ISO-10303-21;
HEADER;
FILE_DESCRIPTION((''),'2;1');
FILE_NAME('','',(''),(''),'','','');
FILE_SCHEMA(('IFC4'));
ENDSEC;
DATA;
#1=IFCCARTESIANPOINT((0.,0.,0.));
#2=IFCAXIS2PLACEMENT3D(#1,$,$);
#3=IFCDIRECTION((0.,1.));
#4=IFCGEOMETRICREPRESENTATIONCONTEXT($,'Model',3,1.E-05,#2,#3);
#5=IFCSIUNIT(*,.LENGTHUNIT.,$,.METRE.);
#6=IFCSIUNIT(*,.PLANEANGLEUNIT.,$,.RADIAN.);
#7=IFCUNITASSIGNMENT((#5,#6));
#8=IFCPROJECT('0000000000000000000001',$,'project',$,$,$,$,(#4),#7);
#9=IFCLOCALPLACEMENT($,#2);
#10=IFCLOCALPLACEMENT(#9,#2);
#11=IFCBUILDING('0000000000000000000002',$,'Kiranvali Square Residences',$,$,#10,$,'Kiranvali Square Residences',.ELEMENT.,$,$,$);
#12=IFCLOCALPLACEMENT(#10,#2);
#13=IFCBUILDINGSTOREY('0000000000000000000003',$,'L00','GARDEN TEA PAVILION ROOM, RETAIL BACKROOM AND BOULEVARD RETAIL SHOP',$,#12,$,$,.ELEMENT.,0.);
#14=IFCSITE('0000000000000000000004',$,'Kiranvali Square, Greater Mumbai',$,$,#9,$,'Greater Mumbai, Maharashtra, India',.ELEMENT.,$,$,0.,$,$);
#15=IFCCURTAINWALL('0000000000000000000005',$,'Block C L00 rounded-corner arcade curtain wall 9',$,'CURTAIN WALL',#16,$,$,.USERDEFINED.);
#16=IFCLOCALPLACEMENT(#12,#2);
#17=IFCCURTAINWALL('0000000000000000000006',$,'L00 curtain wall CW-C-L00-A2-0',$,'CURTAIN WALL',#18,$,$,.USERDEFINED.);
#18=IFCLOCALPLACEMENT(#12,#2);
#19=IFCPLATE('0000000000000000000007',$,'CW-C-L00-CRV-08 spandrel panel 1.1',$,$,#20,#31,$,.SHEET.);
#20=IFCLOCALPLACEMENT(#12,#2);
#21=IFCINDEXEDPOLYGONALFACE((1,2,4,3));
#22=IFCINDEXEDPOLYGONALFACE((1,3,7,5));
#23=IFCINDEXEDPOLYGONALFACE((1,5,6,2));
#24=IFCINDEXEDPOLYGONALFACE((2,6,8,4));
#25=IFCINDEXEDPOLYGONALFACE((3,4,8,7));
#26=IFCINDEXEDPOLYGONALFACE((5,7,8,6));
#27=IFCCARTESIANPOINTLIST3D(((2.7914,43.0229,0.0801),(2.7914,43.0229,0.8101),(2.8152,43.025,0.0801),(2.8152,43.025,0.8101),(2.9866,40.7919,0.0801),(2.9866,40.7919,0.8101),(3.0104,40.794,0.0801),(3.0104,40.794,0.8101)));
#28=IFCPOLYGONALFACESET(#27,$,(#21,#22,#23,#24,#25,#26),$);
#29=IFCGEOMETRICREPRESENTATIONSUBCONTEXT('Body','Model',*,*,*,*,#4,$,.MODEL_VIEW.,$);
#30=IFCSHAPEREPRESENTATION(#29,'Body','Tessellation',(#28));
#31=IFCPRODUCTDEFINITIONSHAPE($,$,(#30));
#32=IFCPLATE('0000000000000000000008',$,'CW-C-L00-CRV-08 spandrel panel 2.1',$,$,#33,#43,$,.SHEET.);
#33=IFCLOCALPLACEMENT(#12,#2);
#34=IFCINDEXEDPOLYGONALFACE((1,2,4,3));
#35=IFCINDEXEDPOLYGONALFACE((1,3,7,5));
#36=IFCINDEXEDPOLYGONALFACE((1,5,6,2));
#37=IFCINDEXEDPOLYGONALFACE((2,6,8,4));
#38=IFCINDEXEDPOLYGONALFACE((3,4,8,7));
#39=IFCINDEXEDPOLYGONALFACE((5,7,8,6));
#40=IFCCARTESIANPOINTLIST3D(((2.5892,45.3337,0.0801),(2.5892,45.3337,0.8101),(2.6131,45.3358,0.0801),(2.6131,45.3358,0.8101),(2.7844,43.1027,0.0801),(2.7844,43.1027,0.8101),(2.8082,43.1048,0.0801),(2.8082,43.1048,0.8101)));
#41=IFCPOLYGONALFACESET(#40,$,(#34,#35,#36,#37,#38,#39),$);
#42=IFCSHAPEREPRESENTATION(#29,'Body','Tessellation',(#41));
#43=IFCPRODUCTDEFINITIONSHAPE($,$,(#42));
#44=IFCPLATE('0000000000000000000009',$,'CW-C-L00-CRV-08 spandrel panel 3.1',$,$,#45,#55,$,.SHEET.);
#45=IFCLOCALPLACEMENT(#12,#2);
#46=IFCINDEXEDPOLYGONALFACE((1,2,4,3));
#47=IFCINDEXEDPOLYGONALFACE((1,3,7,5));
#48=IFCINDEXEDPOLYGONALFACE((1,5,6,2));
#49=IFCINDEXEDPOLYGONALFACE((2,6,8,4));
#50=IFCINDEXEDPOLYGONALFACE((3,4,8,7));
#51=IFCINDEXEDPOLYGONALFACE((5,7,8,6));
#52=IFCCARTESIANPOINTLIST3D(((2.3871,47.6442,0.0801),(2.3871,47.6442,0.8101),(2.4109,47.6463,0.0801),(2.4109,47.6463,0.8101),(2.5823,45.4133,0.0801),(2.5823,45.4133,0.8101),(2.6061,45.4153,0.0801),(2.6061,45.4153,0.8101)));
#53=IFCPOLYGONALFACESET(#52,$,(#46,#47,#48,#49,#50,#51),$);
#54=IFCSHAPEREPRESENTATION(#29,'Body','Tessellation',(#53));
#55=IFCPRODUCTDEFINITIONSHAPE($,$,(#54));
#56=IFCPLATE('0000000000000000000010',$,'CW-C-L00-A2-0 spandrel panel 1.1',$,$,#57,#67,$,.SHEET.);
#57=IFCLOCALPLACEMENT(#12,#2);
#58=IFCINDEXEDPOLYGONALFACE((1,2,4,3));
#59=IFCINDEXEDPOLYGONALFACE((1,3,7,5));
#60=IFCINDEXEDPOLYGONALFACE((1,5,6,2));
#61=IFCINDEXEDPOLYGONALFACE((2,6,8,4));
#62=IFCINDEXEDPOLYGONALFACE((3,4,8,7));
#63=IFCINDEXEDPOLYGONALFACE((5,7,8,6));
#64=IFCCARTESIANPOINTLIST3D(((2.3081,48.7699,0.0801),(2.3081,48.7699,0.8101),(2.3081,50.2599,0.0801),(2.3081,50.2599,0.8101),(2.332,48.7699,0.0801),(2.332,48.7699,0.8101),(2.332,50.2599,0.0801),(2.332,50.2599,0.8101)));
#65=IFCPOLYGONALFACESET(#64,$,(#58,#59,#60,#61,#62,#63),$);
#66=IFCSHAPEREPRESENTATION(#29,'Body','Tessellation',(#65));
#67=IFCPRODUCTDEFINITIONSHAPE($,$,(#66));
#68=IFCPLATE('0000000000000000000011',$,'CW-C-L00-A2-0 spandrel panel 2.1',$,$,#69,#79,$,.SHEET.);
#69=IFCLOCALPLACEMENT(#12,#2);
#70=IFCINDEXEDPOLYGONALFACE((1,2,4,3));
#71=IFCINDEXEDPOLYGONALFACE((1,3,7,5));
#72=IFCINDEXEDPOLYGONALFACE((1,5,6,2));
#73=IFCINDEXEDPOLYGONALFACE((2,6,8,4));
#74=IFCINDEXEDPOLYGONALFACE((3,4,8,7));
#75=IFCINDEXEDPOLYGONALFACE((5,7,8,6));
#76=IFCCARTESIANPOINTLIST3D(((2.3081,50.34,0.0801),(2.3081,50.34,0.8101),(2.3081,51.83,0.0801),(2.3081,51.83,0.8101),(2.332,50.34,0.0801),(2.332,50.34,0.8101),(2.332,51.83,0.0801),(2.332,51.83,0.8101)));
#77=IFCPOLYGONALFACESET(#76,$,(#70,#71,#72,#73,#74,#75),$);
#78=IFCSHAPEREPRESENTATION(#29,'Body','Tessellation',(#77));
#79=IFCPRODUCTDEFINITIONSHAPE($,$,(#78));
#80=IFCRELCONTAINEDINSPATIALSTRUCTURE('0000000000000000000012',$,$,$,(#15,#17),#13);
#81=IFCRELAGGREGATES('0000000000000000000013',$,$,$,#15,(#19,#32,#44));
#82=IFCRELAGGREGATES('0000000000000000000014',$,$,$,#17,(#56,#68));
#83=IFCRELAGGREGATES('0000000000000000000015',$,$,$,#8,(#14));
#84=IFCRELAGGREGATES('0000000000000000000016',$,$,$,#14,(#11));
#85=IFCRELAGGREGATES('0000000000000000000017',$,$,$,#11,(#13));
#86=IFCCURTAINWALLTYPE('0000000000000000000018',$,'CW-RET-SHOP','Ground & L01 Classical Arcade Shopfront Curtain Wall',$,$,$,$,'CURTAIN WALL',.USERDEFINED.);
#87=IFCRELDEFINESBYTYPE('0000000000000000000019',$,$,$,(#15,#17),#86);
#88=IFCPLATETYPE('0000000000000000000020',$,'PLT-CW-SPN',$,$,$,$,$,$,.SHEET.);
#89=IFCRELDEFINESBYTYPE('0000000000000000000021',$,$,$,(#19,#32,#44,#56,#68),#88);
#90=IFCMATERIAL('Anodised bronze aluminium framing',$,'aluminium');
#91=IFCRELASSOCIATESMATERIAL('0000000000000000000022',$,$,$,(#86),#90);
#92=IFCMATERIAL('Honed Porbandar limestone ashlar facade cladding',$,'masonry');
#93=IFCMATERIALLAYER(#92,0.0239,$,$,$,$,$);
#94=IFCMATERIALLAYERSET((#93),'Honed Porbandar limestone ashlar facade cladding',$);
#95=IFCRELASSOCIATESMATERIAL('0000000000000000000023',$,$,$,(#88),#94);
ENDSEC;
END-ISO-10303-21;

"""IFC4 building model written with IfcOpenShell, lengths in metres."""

from ifc_helpers import new_model, si_unit, direction, frame, origin, origin_2d, place, context, subcontext, project, spatial, rectangle, extrude, material, layer, layer_set, type_object, element, aggregate, save


model = new_model("IFC4")

# Units and contexts
model_context = context("Model", 3, precision=1e-05, world=origin(), true_north=direction((0.0, 1.0)))
body_context = subcontext(model_context, "Body", "Model", "MODEL_VIEW")
ifc_project = project(units=[si_unit("LENGTHUNIT", "METRE"), si_unit("PLANEANGLEUNIT", "RADIAN")], contexts=[model_context])

# Site, building, storey
site_placement = place(None, origin())
site = spatial("IfcSite", under=ifc_project, at=site_placement, Name="Kiranvali Square, Greater Mumbai", LongName="Greater Mumbai, Maharashtra, India", CompositionType="ELEMENT", RefElevation=0.0)
building_placement = place(site_placement, origin())
building = spatial("IfcBuilding", under=site, at=building_placement, Name="Kiranvali Square Residences", LongName="Kiranvali Square Residences", CompositionType="ELEMENT")
storey_placement = place(building_placement, origin())
storey = spatial("IfcBuildingStorey", under=building, at=storey_placement, Name="L00", Description="GARDEN TEA PAVILION ROOM, RETAIL BACKROOM AND BOULEVARD RETAIL SHOP", CompositionType="ELEMENT", Elevation=0.0)

# Curtain walls
ifc_material_1 = material(Name="Anodised bronze aluminium framing", Category="aluminium")
curtain_wall_type = type_object("IfcCurtainWallType", Name="CW-RET-SHOP", Description="Ground & L01 Classical Arcade Shopfront Curtain Wall", ElementType="CURTAIN WALL", PredefinedType="USERDEFINED", material=ifc_material_1)
curtain_wall_1_placement = place(storey_placement, origin())
curtain_wall_1 = element("IfcCurtainWall", 1, at=curtain_wall_1_placement, inside=storey, type_object=curtain_wall_type, Name="Block C L00 rounded-corner arcade curtain wall 9", ObjectType="CURTAIN WALL", PredefinedType="USERDEFINED")
curtain_wall_2_placement = place(storey_placement, origin())
curtain_wall_2 = element("IfcCurtainWall", 2, at=curtain_wall_2_placement, inside=storey, type_object=curtain_wall_type, Name="L00 curtain wall CW-C-L00-A2-0", ObjectType="CURTAIN WALL", PredefinedType="USERDEFINED")

# Plates
ifc_material_2 = material(Name="Honed Porbandar limestone ashlar facade cladding", Category="masonry")
ifc_layer_1 = layer(ifc_material_2, 0.0239)
ifc_layer_set_1 = layer_set([ifc_layer_1], Name="Honed Porbandar limestone ashlar facade cladding")
plate_type_1 = type_object("IfcPlateType", Name="PLT-CW-SPN", PredefinedType="SHEET", material=ifc_layer_set_1)
plate_1_placement = place(storey_placement, frame((2.9009, 41.9084, 0.0801), z_axis=(0.0, 0.0, 1.0), x_axis=(-0.087156, 0.996195, 0.0)))
plate_1 = element("IfcPlate", 3, at=plate_1_placement, type_object=plate_type_1, Name="CW-C-L00-CRV-08 spandrel panel 1.1", PredefinedType="SHEET", context=body_context, shape_type="SweptSolid", body=[
    extrude(rectangle(XDim=2.2395, YDim=0.0239, at=origin_2d()), origin(), (0.0, 0.0, 1.0), 0.73),
])
plate_2_placement = place(storey_placement, frame((2.6987, 44.2192, 0.0801), z_axis=(0.0, 0.0, 1.0), x_axis=(-0.087156, 0.996195, 0.0)))
plate_2 = element("IfcPlate", 4, at=plate_2_placement, type_object=plate_type_1, Name="CW-C-L00-CRV-08 spandrel panel 2.1", PredefinedType="SHEET", context=body_context, shape_type="SweptSolid", body=[
    extrude(rectangle(XDim=2.2395, YDim=0.0239, at=origin_2d()), origin(), (0.0, 0.0, 1.0), 0.73),
])
plate_3_placement = place(storey_placement, frame((2.4966, 46.5298, 0.0801), z_axis=(0.0, 0.0, 1.0), x_axis=(-0.087156, 0.996195, 0.0)))
plate_3 = element("IfcPlate", 5, at=plate_3_placement, type_object=plate_type_1, Name="CW-C-L00-CRV-08 spandrel panel 3.1", PredefinedType="SHEET", context=body_context, shape_type="SweptSolid", body=[
    extrude(rectangle(XDim=2.2395, YDim=0.0239, at=origin_2d()), origin(), (0.0, 0.0, 1.0), 0.73),
])
aggregate(curtain_wall_1, [plate_1, plate_2, plate_3])
plate_4_placement = place(storey_placement, frame((2.3201, 49.5149, 0.0801), z_axis=(0.0, 0.0, 1.0), x_axis=(0.0, 1.0, 0.0)))
plate_4 = element("IfcPlate", 6, at=plate_4_placement, type_object=plate_type_1, Name="CW-C-L00-A2-0 spandrel panel 1.1", PredefinedType="SHEET", context=body_context, shape_type="SweptSolid", body=[
    extrude(rectangle(XDim=1.49, YDim=0.0239, at=origin_2d()), origin(), (0.0, 0.0, 1.0), 0.73),
])
plate_5_placement = place(storey_placement, frame((2.3201, 51.085, 0.0801), z_axis=(0.0, 0.0, 1.0), x_axis=(0.0, 1.0, 0.0)))
plate_5 = element("IfcPlate", 7, at=plate_5_placement, type_object=plate_type_1, Name="CW-C-L00-A2-0 spandrel panel 2.1", PredefinedType="SHEET", context=body_context, shape_type="SweptSolid", body=[
    extrude(rectangle(XDim=1.49, YDim=0.0239, at=origin_2d()), origin(), (0.0, 0.0, 1.0), 0.73),
])
aggregate(curtain_wall_2, [plate_4, plate_5])

save(model, "model.ifc")
